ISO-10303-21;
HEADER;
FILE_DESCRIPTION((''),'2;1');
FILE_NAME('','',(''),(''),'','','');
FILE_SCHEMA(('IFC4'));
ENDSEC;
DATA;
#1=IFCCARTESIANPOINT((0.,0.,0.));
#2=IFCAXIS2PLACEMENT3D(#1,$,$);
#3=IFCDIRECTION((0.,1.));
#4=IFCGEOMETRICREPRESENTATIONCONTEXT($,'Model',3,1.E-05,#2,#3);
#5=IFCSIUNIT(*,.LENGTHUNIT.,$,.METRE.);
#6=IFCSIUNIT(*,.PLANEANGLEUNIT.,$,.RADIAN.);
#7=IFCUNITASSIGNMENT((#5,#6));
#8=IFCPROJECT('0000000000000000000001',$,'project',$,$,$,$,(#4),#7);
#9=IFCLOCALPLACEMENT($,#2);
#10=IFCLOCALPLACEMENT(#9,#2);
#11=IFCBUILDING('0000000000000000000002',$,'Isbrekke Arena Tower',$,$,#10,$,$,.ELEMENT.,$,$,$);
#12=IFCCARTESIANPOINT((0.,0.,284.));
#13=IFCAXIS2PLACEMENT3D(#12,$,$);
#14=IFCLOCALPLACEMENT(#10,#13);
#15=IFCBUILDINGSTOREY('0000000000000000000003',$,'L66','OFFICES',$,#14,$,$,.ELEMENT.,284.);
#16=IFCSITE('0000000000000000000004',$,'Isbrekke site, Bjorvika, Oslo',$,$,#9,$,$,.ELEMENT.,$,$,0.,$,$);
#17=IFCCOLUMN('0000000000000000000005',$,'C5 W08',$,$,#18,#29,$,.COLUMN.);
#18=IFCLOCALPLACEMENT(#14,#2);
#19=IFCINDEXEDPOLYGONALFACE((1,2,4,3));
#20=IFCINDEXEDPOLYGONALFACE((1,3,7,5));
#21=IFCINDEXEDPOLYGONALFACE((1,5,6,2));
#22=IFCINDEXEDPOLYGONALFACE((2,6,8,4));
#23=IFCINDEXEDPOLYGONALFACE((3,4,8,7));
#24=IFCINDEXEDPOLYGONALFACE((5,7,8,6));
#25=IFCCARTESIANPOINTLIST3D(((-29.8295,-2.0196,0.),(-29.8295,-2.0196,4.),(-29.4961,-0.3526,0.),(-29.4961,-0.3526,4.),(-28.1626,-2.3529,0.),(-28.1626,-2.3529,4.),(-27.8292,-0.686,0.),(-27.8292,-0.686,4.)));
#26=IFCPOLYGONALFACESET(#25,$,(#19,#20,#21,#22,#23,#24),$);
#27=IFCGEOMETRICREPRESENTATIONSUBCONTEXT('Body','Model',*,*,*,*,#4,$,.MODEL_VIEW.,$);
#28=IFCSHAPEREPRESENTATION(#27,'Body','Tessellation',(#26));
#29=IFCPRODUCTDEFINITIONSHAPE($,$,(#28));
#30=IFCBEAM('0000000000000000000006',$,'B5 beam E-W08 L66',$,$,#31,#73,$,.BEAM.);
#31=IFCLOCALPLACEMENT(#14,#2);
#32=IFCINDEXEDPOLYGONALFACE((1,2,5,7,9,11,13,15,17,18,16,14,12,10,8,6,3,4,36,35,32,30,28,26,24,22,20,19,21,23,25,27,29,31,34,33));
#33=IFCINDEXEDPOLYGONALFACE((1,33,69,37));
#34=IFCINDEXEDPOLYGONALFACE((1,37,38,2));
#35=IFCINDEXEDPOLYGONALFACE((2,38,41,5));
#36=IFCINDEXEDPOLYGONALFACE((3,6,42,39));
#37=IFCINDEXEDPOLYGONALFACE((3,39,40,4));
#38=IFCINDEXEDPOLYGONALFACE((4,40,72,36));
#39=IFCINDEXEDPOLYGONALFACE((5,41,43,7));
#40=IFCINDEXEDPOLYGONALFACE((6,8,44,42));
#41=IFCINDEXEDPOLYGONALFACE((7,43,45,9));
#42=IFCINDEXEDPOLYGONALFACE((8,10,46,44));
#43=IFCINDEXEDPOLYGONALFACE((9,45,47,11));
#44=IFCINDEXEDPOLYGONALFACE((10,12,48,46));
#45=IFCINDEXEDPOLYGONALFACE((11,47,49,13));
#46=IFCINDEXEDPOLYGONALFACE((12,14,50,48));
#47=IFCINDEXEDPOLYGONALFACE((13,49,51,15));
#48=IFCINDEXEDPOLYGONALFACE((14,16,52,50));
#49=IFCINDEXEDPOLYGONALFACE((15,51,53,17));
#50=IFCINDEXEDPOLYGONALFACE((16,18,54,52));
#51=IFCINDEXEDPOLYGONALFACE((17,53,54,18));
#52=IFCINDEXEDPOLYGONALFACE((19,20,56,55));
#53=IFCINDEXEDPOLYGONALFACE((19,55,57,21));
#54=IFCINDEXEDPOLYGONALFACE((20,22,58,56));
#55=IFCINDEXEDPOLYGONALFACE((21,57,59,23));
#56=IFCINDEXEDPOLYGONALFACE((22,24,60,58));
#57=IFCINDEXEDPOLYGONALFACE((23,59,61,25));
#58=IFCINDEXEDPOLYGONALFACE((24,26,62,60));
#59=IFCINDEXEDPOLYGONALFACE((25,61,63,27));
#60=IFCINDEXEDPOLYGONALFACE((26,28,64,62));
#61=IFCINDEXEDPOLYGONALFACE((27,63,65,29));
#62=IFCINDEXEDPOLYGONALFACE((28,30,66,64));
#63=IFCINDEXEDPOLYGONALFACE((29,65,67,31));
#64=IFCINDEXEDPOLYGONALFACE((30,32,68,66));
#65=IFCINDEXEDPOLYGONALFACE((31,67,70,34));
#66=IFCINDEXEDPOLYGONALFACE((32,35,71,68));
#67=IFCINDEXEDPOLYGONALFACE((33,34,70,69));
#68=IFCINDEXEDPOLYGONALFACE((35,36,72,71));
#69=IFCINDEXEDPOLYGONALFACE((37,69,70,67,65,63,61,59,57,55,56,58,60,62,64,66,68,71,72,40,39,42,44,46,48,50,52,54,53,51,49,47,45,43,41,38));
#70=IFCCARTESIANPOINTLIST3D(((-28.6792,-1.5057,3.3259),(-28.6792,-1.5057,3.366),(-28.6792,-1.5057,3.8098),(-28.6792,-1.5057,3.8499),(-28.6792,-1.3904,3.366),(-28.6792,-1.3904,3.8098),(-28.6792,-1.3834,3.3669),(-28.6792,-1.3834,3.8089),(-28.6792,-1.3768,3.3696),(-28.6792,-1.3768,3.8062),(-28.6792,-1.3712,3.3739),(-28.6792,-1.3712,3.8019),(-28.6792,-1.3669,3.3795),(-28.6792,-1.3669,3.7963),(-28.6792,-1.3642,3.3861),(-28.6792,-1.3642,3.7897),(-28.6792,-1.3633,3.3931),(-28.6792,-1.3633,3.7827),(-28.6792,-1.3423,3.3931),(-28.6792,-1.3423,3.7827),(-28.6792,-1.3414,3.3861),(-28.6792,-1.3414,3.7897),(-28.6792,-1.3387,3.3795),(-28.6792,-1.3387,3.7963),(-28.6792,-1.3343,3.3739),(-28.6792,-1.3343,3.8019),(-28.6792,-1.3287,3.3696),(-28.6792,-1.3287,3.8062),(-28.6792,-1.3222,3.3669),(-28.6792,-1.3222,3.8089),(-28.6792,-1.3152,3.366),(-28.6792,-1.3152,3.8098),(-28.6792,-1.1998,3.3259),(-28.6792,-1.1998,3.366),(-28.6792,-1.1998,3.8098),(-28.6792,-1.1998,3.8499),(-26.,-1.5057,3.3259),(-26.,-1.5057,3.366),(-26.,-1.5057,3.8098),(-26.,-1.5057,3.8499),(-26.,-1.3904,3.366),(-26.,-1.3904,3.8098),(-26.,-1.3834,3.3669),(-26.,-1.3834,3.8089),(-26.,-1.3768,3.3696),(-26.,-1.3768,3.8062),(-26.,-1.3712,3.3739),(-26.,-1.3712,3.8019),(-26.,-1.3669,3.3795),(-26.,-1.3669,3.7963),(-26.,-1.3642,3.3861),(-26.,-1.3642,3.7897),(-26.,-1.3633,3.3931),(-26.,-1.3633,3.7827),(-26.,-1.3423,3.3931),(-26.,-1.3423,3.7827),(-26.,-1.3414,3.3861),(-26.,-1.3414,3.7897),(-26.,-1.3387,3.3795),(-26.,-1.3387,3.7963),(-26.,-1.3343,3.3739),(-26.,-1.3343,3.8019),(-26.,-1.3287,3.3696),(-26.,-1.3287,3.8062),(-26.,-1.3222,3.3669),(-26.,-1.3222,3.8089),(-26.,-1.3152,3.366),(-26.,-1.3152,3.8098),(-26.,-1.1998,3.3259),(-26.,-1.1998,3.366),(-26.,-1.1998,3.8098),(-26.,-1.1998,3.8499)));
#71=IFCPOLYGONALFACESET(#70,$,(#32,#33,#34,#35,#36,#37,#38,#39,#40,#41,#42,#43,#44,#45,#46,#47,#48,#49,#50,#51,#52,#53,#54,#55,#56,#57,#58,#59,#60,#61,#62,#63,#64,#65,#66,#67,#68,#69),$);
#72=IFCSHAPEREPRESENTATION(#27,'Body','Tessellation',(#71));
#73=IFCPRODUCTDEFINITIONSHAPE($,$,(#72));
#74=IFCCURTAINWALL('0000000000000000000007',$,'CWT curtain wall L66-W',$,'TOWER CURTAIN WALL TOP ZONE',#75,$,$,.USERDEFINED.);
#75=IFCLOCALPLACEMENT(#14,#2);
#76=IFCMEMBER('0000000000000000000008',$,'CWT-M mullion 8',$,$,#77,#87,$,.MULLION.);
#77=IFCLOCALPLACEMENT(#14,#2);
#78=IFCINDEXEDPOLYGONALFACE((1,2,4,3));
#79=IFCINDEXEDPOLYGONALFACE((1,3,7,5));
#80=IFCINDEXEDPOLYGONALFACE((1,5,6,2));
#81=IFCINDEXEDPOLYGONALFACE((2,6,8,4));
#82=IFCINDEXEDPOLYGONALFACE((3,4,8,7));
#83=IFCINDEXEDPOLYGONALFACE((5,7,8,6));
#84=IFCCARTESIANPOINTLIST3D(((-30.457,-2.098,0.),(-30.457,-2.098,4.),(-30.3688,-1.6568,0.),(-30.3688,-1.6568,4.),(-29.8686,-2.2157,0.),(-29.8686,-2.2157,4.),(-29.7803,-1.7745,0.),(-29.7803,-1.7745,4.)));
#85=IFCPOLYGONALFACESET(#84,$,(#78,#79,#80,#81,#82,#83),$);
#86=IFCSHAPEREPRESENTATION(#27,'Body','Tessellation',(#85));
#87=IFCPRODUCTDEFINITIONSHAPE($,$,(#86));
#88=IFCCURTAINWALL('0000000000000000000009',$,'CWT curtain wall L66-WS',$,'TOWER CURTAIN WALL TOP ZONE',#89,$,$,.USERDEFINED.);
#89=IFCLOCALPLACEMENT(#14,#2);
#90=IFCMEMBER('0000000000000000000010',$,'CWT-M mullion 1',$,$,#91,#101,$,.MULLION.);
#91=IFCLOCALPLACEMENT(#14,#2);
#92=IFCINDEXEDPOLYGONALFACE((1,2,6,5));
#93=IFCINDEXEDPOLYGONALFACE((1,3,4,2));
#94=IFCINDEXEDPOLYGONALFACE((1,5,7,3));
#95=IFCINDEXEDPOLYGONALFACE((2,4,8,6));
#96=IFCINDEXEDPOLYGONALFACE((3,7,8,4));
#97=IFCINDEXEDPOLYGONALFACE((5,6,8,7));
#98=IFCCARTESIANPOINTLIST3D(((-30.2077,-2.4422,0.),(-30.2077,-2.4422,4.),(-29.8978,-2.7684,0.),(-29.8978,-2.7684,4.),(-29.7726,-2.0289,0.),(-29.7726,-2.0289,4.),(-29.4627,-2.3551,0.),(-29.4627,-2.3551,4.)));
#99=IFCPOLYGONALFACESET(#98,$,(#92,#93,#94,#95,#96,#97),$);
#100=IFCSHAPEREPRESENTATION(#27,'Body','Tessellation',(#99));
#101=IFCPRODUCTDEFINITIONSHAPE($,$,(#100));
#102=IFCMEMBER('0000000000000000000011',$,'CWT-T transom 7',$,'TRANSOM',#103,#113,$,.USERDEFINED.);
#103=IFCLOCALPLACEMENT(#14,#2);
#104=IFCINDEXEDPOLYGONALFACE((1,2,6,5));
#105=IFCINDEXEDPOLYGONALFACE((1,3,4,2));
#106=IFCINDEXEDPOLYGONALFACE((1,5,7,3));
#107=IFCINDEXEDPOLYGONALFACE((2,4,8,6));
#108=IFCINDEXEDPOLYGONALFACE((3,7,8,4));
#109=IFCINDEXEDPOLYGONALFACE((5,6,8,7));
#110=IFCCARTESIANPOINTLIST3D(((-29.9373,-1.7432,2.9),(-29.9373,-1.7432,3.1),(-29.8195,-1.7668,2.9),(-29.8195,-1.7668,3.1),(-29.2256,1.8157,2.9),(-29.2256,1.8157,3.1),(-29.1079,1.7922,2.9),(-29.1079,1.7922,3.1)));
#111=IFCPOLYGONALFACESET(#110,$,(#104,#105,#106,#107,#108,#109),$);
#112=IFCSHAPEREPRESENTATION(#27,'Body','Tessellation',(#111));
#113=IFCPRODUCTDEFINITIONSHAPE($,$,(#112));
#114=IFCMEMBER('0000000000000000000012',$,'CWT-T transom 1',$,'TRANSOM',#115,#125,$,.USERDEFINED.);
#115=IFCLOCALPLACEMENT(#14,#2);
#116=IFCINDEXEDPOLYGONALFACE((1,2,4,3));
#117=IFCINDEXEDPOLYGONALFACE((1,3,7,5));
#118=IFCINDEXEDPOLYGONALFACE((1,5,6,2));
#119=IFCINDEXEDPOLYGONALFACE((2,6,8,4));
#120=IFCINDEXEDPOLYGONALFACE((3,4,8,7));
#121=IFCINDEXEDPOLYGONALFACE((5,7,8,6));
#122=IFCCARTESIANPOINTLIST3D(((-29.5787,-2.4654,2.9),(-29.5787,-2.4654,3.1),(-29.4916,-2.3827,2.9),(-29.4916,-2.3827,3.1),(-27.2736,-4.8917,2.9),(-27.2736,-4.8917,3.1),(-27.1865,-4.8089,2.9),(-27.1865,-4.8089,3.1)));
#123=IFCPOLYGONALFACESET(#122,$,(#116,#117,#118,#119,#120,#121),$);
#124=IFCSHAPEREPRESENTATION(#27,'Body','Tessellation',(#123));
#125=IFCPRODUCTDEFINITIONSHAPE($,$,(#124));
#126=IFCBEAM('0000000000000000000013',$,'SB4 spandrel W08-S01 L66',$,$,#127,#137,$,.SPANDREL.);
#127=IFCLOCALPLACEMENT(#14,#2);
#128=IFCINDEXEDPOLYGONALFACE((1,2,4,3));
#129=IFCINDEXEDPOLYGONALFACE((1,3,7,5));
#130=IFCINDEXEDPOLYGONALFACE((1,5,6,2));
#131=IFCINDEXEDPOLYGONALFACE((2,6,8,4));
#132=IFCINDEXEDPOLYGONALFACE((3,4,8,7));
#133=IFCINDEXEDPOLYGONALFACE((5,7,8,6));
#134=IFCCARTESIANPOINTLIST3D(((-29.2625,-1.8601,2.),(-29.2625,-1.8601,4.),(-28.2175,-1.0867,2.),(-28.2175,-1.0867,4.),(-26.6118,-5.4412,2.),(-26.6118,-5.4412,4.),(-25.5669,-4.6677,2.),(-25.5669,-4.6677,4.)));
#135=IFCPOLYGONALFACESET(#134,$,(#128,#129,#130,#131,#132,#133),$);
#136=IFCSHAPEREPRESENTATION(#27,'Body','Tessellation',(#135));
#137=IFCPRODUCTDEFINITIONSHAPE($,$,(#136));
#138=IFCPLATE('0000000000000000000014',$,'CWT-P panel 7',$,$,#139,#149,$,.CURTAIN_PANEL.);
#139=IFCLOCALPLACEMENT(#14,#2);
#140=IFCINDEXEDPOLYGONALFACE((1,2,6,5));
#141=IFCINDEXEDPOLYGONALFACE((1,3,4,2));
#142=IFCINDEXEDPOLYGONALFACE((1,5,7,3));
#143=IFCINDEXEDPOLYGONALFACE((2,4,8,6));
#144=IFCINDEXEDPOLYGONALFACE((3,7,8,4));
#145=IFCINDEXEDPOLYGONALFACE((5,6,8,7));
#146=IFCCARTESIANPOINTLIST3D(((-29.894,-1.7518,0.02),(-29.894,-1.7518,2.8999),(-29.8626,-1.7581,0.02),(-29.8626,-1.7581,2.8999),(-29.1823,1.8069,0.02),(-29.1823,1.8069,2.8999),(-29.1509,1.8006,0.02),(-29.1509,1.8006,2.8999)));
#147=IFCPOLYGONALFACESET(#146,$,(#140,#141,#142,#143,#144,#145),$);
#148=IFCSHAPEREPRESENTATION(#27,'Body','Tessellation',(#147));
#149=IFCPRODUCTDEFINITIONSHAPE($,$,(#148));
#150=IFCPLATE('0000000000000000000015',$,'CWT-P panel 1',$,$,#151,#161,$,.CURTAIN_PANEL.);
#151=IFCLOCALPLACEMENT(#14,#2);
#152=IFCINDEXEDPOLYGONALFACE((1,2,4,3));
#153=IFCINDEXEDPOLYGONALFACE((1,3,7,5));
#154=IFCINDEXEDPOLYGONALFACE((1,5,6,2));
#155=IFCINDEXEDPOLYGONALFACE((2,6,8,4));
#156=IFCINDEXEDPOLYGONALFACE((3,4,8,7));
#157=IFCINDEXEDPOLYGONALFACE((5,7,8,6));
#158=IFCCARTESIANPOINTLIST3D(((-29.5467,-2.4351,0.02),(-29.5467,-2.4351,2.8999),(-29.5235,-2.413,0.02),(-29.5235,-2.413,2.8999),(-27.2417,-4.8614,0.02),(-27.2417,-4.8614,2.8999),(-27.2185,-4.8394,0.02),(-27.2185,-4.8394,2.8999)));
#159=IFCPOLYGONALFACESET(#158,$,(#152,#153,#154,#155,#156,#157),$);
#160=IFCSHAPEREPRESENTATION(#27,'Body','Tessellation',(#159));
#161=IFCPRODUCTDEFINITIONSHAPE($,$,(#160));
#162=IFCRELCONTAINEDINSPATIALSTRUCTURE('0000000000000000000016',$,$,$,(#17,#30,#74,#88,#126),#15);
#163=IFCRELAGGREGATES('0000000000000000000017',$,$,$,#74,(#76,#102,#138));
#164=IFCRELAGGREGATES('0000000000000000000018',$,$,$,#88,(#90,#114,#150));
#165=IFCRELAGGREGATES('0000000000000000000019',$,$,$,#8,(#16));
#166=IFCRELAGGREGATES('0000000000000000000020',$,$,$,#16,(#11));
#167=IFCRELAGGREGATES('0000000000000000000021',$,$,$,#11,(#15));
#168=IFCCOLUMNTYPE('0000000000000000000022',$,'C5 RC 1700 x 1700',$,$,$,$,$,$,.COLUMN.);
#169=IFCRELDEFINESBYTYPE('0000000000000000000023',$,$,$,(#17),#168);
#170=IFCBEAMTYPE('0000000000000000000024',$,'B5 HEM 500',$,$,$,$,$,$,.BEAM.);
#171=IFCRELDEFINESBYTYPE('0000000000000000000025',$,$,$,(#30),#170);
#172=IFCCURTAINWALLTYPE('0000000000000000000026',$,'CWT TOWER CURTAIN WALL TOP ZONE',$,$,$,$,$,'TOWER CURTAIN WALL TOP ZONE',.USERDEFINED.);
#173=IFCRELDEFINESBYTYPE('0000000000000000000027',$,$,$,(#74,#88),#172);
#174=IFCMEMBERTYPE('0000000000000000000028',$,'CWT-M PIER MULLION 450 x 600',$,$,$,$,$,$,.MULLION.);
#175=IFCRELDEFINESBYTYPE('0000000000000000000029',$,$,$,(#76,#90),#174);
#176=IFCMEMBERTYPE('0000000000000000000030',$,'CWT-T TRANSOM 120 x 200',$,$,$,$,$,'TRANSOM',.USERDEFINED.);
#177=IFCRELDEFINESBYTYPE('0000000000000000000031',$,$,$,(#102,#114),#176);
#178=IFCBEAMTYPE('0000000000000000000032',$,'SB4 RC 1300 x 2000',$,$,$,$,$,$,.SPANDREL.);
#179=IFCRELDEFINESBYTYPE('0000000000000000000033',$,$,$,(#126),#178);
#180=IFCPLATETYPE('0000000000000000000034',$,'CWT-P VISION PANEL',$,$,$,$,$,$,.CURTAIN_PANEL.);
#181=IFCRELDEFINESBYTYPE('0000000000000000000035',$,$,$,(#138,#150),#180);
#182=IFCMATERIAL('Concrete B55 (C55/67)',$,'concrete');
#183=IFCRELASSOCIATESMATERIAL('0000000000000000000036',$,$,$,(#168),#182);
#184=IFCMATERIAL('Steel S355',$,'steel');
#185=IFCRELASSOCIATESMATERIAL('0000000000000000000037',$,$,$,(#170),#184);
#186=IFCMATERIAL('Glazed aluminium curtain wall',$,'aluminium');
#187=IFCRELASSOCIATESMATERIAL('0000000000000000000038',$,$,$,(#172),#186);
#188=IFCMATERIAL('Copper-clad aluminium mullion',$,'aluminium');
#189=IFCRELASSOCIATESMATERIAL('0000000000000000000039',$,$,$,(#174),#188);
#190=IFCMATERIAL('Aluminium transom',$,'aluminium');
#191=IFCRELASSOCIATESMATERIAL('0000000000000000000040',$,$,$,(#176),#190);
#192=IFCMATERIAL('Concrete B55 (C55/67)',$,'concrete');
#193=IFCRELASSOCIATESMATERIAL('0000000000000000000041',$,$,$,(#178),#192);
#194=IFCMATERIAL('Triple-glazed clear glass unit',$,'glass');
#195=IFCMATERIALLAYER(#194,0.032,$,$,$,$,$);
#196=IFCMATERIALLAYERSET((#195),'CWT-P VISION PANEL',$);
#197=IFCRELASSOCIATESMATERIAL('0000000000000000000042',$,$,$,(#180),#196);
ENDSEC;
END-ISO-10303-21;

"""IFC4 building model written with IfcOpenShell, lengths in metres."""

from ifc_helpers import new_model, si_unit, direction, frame, origin, origin_2d, place, context, subcontext, project, spatial, rectangle, i_section, extrude, material, layer, layer_set, material_profile, profile_set, type_object, element, aggregate, save


model = new_model("IFC4")

# Units and contexts
model_context = context("Model", 3, precision=1e-05, world=origin(), true_north=direction((0.0, 1.0)))
body_context = subcontext(model_context, "Body", "Model", "MODEL_VIEW")
ifc_project = project(units=[si_unit("LENGTHUNIT", "METRE"), si_unit("PLANEANGLEUNIT", "RADIAN")], contexts=[model_context])

# Site, building, storey
site_placement = place(None, origin())
site = spatial("IfcSite", under=ifc_project, at=site_placement, Name="Isbrekke site, Bjorvika, Oslo", CompositionType="ELEMENT", RefElevation=0.0)
building_placement = place(site_placement, origin())
building = spatial("IfcBuilding", under=site, at=building_placement, Name="Isbrekke Arena Tower", CompositionType="ELEMENT")
storey_placement = place(building_placement, frame((0.0, 0.0, 284.0)))
storey = spatial("IfcBuildingStorey", under=building, at=storey_placement, Name="L66", Description="OFFICES", CompositionType="ELEMENT", Elevation=284.0)

# Column
ifc_material_1 = material(Name="Concrete B55 (C55/67)", Category="concrete")
ifc_material_profile_1 = material_profile(ifc_material_1, rectangle(XDim=1.7, YDim=1.7, at=origin_2d()), Name="RC 1700x1700")
ifc_profile_set_1 = profile_set([ifc_material_profile_1], Name="Concrete B55 (C55/67)")
column_type = type_object("IfcColumnType", Name="C5 RC 1700 x 1700", PredefinedType="COLUMN", material=ifc_profile_set_1)
column_placement = place(storey_placement, frame((-28.8293, -1.3528, 0.0), z_axis=(0.0, 0.0, 1.0), x_axis=(-0.196116, -0.980581, 0.0)))
element("IfcColumn", 1, at=column_placement, inside=storey, type_object=column_type, Name="C5 W08", PredefinedType="COLUMN", context=body_context, shape_type="SweptSolid", body=[
    extrude(rectangle(XDim=1.7, YDim=1.7, at=origin_2d()), origin(), (0.0, 0.0, 1.0), 4.0),
])

# Beam
ifc_material_2 = material(Name="Steel S355", Category="steel")
ifc_material_profile_2 = material_profile(ifc_material_2, i_section(OverallWidth=0.3059, OverallDepth=0.5239, WebThickness=0.021, FlangeThickness=0.04, FilletRadius=0.0271, at=origin_2d()), Name="HEM 500")
ifc_profile_set_2 = profile_set([ifc_material_profile_2], Name="Steel S355")
beam_type_1 = type_object("IfcBeamType", Name="B5 HEM 500", PredefinedType="BEAM", material=ifc_profile_set_2)
beam_1_placement = place(storey_placement, frame((-28.6792, -1.3528, 3.5879), z_axis=(1.0, 0.0, 0.0), x_axis=(0.0, 1.0, 0.0)))
element("IfcBeam", 2, at=beam_1_placement, inside=storey, type_object=beam_type_1, Name="B5 beam E-W08 L66", PredefinedType="BEAM", context=body_context, shape_type="SweptSolid", body=[
    extrude(i_section(OverallWidth=0.3059, OverallDepth=0.5239, WebThickness=0.021, FlangeThickness=0.04, FilletRadius=0.0271, at=origin_2d()), origin(), (0.0, 0.0, 1.0), 2.6792),
])

# Curtain walls, members
ifc_material_3 = material(Name="Glazed aluminium curtain wall", Category="aluminium")
curtain_wall_type = type_object("IfcCurtainWallType", Name="CWT TOWER CURTAIN WALL TOP ZONE", ElementType="TOWER CURTAIN WALL TOP ZONE", PredefinedType="USERDEFINED", material=ifc_material_3)
curtain_wall_1_placement = place(storey_placement, origin())
curtain_wall_1 = element("IfcCurtainWall", 3, at=curtain_wall_1_placement, inside=storey, type_object=curtain_wall_type, Name="CWT curtain wall L66-W", ObjectType="TOWER CURTAIN WALL TOP ZONE", PredefinedType="USERDEFINED")
ifc_material_4 = material(Name="Copper-clad aluminium mullion", Category="aluminium")
ifc_material_profile_3 = material_profile(ifc_material_4, rectangle(XDim=0.45, YDim=0.6001, at=origin_2d()), Name="PIER 450X600")
ifc_profile_set_3 = profile_set([ifc_material_profile_3], Name="Copper-clad aluminium mullion")
member_type_1 = type_object("IfcMemberType", Name="CWT-M PIER MULLION 450 x 600", PredefinedType="MULLION", material=ifc_profile_set_3)
member_1_placement = place(storey_placement, frame((-30.1187, -1.9363, 0.0), z_axis=(0.0, 0.0, 1.0), x_axis=(-0.196116, -0.980581, 0.0)))
member_1 = element("IfcMember", 4, at=member_1_placement, type_object=member_type_1, Name="CWT-M mullion 8", PredefinedType="MULLION", context=body_context, shape_type="SweptSolid", body=[
    extrude(rectangle(XDim=0.45, YDim=0.6001, at=origin_2d()), origin(), (0.0, 0.0, 1.0), 4.0),
])
curtain_wall_2_placement = place(storey_placement, origin())
curtain_wall_2 = element("IfcCurtainWall", 5, at=curtain_wall_2_placement, inside=storey, type_object=curtain_wall_type, Name="CWT curtain wall L66-WS", ObjectType="TOWER CURTAIN WALL TOP ZONE", PredefinedType="USERDEFINED")
member_2_placement = place(storey_placement, frame((-29.8352, -2.3987, 0.0), z_axis=(0.0, 0.0, 1.0), x_axis=(0.688749, -0.724999, 0.0)))
member_2 = element("IfcMember", 6, at=member_2_placement, type_object=member_type_1, Name="CWT-M mullion 1", PredefinedType="MULLION", context=body_context, shape_type="SweptSolid", body=[
    extrude(rectangle(XDim=0.45, YDim=0.6001, at=origin_2d()), origin(), (0.0, 0.0, 1.0), 4.0),
])

# Members
ifc_material_5 = material(Name="Aluminium transom", Category="aluminium")
ifc_material_profile_4 = material_profile(ifc_material_5, rectangle(XDim=0.1201, YDim=0.2, at=origin_2d()), Name="TRANSOM 120X200")
ifc_profile_set_4 = profile_set([ifc_material_profile_4], Name="Aluminium transom")
member_type_2 = type_object("IfcMemberType", Name="CWT-T TRANSOM 120 x 200", ElementType="TRANSOM", PredefinedType="USERDEFINED", material=ifc_profile_set_4)
member_3_placement = place(storey_placement, frame((-29.1667, 1.804, 3.0), z_axis=(-0.19609, -0.980586, 0.0), x_axis=(0.980586, -0.19609, 0.0)))
member_3 = element("IfcMember", 7, at=member_3_placement, type_object=member_type_2, Name="CWT-T transom 7", ObjectType="TRANSOM", PredefinedType="USERDEFINED", context=body_context, shape_type="SweptSolid", body=[
    extrude(rectangle(XDim=0.1201, YDim=0.2, at=origin_2d()), origin(), (0.0, 0.0, 1.0), 3.6294),
])
member_4_placement = place(storey_placement, frame((-29.5352, -2.4241, 3.0), z_axis=(0.688784, -0.724967, 0.0), x_axis=(0.724967, 0.688784, 0.0)))
member_4 = element("IfcMember", 8, at=member_4_placement, type_object=member_type_2, Name="CWT-T transom 1", ObjectType="TRANSOM", PredefinedType="USERDEFINED", context=body_context, shape_type="SweptSolid", body=[
    extrude(rectangle(XDim=0.1201, YDim=0.2, at=origin_2d()), origin(), (0.0, 0.0, 1.0), 3.3467),
])

# Beam
ifc_material_6 = material(Name="Concrete B55 (C55/67)", Category="concrete")
ifc_material_profile_5 = material_profile(ifc_material_6, rectangle(XDim=1.3, YDim=2.0, at=origin_2d()), Name="RC 1300x2000")
ifc_profile_set_5 = profile_set([ifc_material_profile_5], Name="Concrete B55 (C55/67)")
beam_type_2 = type_object("IfcBeamType", Name="SB4 RC 1300 x 2000", PredefinedType="SPANDREL", material=ifc_profile_set_5)
beam_2_placement = place(storey_placement, frame((-28.74, -1.4734, 3.0), z_axis=(0.594938, -0.803772, 0.0), x_axis=(0.803772, 0.594938, 0.0)))
element("IfcBeam", 9, at=beam_2_placement, inside=storey, type_object=beam_type_2, Name="SB4 spandrel W08-S01 L66", PredefinedType="SPANDREL", context=body_context, shape_type="SweptSolid", body=[
    extrude(rectangle(XDim=1.3, YDim=2.0, at=origin_2d()), origin(), (0.0, 0.0, 1.0), 4.4553),
])

# Plates
ifc_material_7 = material(Name="Triple-glazed clear glass unit", Category="glass")
ifc_layer = layer(ifc_material_7, 0.032)
ifc_layer_set = layer_set([ifc_layer], Name="CWT-P VISION PANEL")
plate_type = type_object("IfcPlateType", Name="CWT-P VISION PANEL", PredefinedType="CURTAIN_PANEL", material=ifc_layer_set)
plate_1_placement = place(storey_placement, frame((-29.5225, 0.0244, 0.02), z_axis=(0.0, 0.0, 1.0), x_axis=(-0.196116, -0.980581, 0.0)))
plate_1 = element("IfcPlate", 10, at=plate_1_placement, type_object=plate_type, Name="CWT-P panel 7", PredefinedType="CURTAIN_PANEL", context=body_context, shape_type="SweptSolid", body=[
    extrude(rectangle(XDim=3.6292, YDim=0.032, at=origin_2d()), origin(), (0.0, 0.0, 1.0), 2.8799),
])
aggregate(curtain_wall_1, [member_1, member_3, plate_1])
plate_2_placement = place(storey_placement, frame((-28.3826, -3.6372, 0.02), z_axis=(0.0, 0.0, 1.0), x_axis=(0.688749, -0.724999, 0.0)))
plate_2 = element("IfcPlate", 11, at=plate_2_placement, type_object=plate_type, Name="CWT-P panel 1", PredefinedType="CURTAIN_PANEL", context=body_context, shape_type="SweptSolid", body=[
    extrude(rectangle(XDim=3.3467, YDim=0.032, at=origin_2d()), origin(), (0.0, 0.0, 1.0), 2.8799),
])
aggregate(curtain_wall_2, [member_2, member_4, plate_2])

save(model, "model.ifc")
